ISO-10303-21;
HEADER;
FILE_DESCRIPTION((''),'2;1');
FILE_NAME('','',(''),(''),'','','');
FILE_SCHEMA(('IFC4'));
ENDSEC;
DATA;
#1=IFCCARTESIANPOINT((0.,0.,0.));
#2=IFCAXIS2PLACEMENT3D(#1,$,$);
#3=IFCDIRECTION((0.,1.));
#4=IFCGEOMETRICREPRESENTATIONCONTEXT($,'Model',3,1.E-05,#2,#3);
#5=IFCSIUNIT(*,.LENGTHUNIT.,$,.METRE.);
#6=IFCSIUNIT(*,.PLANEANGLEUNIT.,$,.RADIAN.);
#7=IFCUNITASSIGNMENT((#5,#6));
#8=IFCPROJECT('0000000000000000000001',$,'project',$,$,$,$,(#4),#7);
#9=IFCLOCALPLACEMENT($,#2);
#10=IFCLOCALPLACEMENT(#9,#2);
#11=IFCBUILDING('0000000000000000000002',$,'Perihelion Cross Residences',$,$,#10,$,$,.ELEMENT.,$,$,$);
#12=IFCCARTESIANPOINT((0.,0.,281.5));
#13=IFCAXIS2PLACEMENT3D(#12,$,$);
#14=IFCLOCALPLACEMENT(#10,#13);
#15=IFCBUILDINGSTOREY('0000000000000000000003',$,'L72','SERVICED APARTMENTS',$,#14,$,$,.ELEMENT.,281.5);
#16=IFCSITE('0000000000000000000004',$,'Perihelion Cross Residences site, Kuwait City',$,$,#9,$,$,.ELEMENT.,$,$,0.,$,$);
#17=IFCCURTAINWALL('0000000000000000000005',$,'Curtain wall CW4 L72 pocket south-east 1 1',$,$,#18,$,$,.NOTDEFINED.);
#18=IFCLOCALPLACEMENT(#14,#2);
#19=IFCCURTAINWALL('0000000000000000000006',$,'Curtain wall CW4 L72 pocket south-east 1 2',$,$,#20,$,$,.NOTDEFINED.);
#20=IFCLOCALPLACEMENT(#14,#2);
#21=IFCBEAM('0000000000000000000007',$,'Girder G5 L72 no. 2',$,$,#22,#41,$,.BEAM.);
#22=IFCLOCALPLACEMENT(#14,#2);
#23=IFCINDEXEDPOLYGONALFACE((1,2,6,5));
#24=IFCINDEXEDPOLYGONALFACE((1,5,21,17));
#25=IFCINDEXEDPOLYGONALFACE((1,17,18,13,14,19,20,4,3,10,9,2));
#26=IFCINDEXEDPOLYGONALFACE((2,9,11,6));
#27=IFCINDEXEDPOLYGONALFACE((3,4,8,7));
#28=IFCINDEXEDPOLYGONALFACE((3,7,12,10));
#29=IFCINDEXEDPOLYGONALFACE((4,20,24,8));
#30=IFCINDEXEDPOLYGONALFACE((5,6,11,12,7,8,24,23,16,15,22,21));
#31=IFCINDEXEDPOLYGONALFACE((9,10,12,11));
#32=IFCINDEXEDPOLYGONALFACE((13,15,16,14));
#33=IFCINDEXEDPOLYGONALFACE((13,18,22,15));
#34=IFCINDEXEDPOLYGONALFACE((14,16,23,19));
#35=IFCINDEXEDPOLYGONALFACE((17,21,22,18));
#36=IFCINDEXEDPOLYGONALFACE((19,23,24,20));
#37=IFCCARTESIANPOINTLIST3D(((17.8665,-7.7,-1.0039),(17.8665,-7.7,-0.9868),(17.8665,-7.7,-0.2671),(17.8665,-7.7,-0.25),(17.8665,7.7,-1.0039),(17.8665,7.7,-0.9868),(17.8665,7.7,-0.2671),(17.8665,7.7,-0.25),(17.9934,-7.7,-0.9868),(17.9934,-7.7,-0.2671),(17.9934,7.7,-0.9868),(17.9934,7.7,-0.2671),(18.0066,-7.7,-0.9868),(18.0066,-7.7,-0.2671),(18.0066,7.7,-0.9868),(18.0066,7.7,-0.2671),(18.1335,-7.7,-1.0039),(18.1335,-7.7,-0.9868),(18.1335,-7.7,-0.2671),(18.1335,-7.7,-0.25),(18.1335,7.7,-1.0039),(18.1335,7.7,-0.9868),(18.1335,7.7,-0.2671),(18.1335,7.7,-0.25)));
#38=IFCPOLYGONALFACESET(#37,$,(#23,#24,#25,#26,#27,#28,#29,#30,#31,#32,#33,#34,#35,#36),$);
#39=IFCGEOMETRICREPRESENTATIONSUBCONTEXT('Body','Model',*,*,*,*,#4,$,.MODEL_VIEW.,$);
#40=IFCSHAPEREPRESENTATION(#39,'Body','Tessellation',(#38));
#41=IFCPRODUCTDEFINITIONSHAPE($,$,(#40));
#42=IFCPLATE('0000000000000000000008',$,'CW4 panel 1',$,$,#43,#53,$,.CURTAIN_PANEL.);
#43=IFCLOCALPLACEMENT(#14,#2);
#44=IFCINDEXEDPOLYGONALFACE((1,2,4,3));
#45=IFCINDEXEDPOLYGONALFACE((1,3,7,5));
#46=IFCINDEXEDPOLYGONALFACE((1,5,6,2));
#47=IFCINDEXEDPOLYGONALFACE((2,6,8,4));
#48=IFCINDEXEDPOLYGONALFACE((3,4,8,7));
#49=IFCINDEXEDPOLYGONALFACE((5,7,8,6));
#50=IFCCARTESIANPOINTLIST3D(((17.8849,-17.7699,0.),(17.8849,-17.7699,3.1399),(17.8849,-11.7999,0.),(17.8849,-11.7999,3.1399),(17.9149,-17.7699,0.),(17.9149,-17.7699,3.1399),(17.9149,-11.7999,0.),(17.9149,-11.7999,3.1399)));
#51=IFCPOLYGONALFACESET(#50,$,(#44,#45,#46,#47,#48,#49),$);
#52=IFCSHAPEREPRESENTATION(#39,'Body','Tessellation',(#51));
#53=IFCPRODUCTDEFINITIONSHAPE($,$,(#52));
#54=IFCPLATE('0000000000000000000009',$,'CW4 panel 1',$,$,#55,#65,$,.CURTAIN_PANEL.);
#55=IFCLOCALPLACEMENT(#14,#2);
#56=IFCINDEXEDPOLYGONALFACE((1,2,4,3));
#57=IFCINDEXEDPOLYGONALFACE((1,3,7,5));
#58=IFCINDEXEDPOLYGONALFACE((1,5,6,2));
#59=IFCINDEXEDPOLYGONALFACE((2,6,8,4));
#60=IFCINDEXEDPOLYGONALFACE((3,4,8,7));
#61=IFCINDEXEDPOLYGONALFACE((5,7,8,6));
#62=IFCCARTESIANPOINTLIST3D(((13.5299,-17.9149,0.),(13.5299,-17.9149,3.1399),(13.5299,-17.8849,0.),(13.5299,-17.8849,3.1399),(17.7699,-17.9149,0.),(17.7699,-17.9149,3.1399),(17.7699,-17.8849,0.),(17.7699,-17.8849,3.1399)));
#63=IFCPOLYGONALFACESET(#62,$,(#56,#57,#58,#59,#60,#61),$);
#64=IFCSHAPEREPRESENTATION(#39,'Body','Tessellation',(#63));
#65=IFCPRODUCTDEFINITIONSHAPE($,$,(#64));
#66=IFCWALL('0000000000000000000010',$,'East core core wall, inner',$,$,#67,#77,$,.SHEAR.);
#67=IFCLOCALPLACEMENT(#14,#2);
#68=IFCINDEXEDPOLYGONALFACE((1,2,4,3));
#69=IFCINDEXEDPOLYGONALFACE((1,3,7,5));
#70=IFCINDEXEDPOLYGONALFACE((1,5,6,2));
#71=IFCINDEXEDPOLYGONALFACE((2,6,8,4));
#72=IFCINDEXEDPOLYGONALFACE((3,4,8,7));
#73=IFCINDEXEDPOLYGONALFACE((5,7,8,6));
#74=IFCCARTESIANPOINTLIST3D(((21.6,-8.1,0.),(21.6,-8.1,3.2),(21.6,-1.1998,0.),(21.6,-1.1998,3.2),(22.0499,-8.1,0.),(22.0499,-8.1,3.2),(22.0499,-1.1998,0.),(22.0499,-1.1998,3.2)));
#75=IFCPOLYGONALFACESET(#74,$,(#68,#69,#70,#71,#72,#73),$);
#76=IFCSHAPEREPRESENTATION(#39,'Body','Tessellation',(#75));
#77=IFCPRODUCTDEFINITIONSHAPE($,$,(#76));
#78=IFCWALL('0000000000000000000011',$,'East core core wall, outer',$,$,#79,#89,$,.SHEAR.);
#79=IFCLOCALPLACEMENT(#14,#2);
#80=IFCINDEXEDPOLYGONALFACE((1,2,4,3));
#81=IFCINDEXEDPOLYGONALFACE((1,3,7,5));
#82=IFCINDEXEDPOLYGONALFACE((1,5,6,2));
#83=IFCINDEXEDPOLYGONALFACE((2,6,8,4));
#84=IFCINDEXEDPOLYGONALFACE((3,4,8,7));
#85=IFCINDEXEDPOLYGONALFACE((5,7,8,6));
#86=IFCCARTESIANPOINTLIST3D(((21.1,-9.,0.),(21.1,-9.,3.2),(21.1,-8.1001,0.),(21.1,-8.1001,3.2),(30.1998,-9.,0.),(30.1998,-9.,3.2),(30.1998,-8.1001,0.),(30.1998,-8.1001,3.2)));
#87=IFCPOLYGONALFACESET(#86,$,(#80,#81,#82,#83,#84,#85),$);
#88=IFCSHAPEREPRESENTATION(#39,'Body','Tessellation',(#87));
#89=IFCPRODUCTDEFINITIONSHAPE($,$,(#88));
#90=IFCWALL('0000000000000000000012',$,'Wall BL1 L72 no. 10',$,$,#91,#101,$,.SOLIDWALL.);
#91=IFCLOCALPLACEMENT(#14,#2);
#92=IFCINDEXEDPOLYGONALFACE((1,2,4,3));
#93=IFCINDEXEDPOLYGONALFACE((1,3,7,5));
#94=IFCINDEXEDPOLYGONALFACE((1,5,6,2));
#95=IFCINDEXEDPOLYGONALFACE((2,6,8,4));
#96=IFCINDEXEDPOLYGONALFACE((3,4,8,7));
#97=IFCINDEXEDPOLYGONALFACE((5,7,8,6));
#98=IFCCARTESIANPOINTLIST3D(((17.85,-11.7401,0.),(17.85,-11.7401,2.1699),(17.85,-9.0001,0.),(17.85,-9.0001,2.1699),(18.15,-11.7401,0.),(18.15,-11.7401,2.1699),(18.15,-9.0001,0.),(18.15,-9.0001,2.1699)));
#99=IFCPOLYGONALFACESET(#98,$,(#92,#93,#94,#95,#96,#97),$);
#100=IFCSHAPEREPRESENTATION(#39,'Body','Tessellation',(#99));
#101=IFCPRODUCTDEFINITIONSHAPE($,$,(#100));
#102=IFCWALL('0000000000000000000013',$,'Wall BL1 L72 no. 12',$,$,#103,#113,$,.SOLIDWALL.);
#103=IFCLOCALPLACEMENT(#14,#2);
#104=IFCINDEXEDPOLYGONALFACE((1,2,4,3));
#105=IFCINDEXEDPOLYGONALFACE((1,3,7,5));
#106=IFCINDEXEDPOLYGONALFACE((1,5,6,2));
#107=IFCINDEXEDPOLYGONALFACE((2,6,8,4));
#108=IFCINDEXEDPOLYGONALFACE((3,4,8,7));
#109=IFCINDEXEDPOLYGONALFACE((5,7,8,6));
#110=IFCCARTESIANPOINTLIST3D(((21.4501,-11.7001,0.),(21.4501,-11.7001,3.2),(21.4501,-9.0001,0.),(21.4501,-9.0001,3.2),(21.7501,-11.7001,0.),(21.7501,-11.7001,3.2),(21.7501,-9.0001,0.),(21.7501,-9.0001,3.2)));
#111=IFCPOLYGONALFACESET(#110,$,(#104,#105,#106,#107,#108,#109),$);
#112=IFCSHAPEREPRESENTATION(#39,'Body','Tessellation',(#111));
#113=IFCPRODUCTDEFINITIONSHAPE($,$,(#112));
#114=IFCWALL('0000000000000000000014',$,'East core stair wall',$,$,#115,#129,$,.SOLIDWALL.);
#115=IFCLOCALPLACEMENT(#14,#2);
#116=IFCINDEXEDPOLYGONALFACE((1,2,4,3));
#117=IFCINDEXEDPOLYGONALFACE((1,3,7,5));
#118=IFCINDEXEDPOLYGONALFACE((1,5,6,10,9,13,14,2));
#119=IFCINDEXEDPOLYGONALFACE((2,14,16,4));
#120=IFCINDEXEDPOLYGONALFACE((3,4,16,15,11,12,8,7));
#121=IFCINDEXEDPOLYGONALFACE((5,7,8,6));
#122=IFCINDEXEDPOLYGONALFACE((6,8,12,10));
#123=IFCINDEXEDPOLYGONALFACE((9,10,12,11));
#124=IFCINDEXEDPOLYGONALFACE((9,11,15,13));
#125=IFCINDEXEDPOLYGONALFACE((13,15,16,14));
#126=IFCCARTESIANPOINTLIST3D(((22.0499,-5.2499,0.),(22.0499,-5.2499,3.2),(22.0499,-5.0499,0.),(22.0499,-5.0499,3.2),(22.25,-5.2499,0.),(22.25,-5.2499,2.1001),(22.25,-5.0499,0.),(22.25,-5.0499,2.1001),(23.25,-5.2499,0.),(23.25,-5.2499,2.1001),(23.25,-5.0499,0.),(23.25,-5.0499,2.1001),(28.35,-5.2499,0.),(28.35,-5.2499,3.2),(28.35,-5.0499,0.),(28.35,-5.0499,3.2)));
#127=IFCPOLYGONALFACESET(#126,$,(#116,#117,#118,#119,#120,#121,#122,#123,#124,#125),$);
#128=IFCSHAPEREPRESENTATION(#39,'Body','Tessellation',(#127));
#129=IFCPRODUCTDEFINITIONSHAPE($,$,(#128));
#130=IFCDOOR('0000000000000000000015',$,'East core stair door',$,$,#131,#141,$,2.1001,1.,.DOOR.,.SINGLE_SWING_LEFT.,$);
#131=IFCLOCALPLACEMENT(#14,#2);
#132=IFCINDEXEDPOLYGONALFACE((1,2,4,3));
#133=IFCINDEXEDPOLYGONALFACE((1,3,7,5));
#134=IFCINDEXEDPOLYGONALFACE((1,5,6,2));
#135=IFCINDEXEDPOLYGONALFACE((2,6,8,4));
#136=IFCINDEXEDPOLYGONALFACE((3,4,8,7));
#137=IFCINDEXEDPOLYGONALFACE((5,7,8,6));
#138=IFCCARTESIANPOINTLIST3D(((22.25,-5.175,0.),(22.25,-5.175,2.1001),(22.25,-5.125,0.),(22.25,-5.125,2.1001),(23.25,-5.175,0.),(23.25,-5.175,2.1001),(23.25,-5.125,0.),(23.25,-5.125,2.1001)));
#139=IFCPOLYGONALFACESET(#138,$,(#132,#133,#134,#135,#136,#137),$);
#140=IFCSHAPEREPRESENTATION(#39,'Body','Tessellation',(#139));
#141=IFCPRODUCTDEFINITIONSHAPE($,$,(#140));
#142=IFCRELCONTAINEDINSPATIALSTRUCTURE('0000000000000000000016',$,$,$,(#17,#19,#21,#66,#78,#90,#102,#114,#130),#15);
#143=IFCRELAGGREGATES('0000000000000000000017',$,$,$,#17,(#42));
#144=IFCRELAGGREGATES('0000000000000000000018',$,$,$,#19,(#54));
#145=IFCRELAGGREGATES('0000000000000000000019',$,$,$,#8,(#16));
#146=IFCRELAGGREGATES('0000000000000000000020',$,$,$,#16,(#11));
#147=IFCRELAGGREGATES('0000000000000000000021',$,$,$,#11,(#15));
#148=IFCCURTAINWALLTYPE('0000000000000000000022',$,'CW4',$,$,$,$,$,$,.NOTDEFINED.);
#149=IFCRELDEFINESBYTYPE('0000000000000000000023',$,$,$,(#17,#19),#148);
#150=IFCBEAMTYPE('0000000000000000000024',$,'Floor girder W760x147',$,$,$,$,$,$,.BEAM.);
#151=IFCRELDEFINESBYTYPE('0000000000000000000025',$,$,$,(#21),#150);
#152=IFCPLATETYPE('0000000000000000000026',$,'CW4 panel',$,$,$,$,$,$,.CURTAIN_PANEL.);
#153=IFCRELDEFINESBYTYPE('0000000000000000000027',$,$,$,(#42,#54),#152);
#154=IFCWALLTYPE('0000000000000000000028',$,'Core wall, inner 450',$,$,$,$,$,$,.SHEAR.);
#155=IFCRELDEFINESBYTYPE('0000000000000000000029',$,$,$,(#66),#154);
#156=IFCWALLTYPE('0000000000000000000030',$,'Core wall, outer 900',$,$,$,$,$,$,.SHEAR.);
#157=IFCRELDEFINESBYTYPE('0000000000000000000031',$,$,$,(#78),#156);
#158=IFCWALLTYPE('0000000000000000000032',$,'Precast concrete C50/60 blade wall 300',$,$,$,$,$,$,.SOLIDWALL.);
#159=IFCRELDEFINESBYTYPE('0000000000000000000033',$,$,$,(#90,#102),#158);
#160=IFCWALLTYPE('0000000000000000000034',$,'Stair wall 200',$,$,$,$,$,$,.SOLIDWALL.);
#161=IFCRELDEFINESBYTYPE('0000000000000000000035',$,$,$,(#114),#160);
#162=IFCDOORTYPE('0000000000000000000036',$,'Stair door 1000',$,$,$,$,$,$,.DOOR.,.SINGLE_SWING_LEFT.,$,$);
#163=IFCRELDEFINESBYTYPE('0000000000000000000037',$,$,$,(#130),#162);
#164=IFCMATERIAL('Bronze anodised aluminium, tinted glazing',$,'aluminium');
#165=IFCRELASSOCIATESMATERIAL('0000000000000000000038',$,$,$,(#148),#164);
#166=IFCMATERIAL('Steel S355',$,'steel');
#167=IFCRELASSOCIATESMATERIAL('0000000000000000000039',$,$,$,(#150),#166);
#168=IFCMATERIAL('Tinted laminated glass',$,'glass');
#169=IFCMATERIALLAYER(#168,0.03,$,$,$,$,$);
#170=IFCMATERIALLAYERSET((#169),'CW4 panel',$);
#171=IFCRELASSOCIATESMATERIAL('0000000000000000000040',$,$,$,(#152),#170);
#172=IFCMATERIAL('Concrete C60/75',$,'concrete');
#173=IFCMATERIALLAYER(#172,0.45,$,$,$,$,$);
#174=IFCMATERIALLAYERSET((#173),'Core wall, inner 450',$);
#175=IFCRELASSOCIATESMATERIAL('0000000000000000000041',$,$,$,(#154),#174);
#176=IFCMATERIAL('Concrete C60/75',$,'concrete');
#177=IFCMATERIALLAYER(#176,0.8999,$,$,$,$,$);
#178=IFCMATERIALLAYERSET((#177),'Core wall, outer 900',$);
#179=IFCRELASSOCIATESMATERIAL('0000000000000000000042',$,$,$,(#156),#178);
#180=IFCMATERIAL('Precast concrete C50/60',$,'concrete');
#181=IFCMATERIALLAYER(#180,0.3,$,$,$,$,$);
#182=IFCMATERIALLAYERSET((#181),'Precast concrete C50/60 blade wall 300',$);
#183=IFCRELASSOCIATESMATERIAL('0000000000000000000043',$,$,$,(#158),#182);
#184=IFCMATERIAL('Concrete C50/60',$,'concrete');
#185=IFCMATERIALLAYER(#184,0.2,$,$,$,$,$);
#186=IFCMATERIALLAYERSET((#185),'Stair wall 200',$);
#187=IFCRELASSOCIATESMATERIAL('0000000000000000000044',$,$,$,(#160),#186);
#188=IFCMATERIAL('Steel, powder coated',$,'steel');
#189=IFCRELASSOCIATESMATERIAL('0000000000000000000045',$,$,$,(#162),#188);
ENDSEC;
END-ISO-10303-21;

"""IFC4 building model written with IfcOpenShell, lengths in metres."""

from ifc_helpers import new_model, si_unit, direction, frame, frame_2d, origin, origin_2d, place, context, subcontext, project, spatial, rectangle, i_section, extrude, material, layer, layer_set, material_profile, profile_set, type_object, element, fill, aggregate, save


model = new_model("IFC4")

# Units and contexts
model_context = context("Model", 3, precision=1e-05, world=origin(), true_north=direction((0.0, 1.0)))
body_context = subcontext(model_context, "Body", "Model", "MODEL_VIEW")
ifc_project = project(units=[si_unit("LENGTHUNIT", "METRE"), si_unit("PLANEANGLEUNIT", "RADIAN")], contexts=[model_context])

# Site, building, storey
site_placement = place(None, origin())
site = spatial("IfcSite", under=ifc_project, at=site_placement, Name="Perihelion Cross Residences site, Kuwait City", CompositionType="ELEMENT", RefElevation=0.0)
building_placement = place(site_placement, origin())
building = spatial("IfcBuilding", under=site, at=building_placement, Name="Perihelion Cross Residences", CompositionType="ELEMENT")
storey_placement = place(building_placement, frame((0.0, 0.0, 281.5)))
storey = spatial("IfcBuildingStorey", under=building, at=storey_placement, Name="L72", Description="SERVICED APARTMENTS", CompositionType="ELEMENT", Elevation=281.5)

# Curtain wall
ifc_material_1 = material(Name="Bronze anodised aluminium, tinted glazing", Category="aluminium")
curtain_wall_type = type_object("IfcCurtainWallType", Name="CW4", PredefinedType="NOTDEFINED", material=ifc_material_1)
curtain_wall_1_placement = place(storey_placement, origin())
curtain_wall_1 = element("IfcCurtainWall", 1, at=curtain_wall_1_placement, inside=storey, type_object=curtain_wall_type, Name="Curtain wall CW4 L72 pocket south-east 1 1", PredefinedType="NOTDEFINED")

# Curtain wall
curtain_wall_2_placement = place(storey_placement, origin())
curtain_wall_2 = element("IfcCurtainWall", 2, at=curtain_wall_2_placement, inside=storey, type_object=curtain_wall_type, Name="Curtain wall CW4 L72 pocket south-east 1 2", PredefinedType="NOTDEFINED")

# Beam
ifc_material_2 = material(Name="Steel S355", Category="steel")
ifc_material_profile_1 = material_profile(ifc_material_2, i_section(OverallWidth=0.2671, OverallDepth=0.7539, WebThickness=0.0132, FlangeThickness=0.0171, at=origin_2d()), Name="W760x147")
ifc_profile_set_1 = profile_set([ifc_material_profile_1], Name="Steel S355")
beam_type_1 = type_object("IfcBeamType", Name="Floor girder W760x147", PredefinedType="BEAM", material=ifc_profile_set_1)
beam_1_placement = place(storey_placement, frame((18.0, -7.7, -0.627), z_axis=(0.0, 1.0, 0.0), x_axis=(-1.0, 0.0, 0.0)))
element("IfcBeam", 3, at=beam_1_placement, inside=storey, type_object=beam_type_1, Name="Girder G5 L72 no. 2", PredefinedType="BEAM", context=body_context, shape_type="SweptSolid", body=[
    extrude(i_section(OverallWidth=0.2671, OverallDepth=0.7539, WebThickness=0.0132, FlangeThickness=0.0171, at=origin_2d()), origin(), (0.0, 0.0, 1.0), 15.3999),
])

# Plates
ifc_material_3 = material(Name="Tinted laminated glass", Category="glass")
ifc_layer_1 = layer(ifc_material_3, 0.03)
ifc_layer_set_1 = layer_set([ifc_layer_1], Name="CW4 panel")
plate_type = type_object("IfcPlateType", Name="CW4 panel", PredefinedType="CURTAIN_PANEL", material=ifc_layer_set_1)
plate_1_placement = place(storey_placement, frame((17.8999, -14.7849, 0.0), z_axis=(0.0, 0.0, 1.0), x_axis=(0.0, -1.0, 0.0)))
plate_1 = element("IfcPlate", 4, at=plate_1_placement, type_object=plate_type, Name="CW4 panel 1", PredefinedType="CURTAIN_PANEL", context=body_context, shape_type="SweptSolid", body=[
    extrude(rectangle(XDim=5.97, YDim=0.03, at=origin_2d()), origin(), (0.0, 0.0, 1.0), 3.1399),
])
aggregate(curtain_wall_1, [plate_1])
plate_2_placement = place(storey_placement, frame((15.6499, -17.8999, 0.0), z_axis=(0.0, 0.0, 1.0), x_axis=(-1.0, 0.0, 0.0)))
plate_2 = element("IfcPlate", 5, at=plate_2_placement, type_object=plate_type, Name="CW4 panel 1", PredefinedType="CURTAIN_PANEL", context=body_context, shape_type="SweptSolid", body=[
    extrude(rectangle(XDim=4.24, YDim=0.03, at=origin_2d()), origin(), (0.0, 0.0, 1.0), 3.1399),
])
aggregate(curtain_wall_2, [plate_2])

# Walls
ifc_material_4 = material(Name="Concrete C60/75", Category="concrete")
ifc_layer_2 = layer(ifc_material_4, 0.45)
ifc_layer_set_2 = layer_set([ifc_layer_2], Name="Core wall, inner 450")
wall_type_1 = type_object("IfcWallType", Name="Core wall, inner 450", PredefinedType="SHEAR", material=ifc_layer_set_2)
wall_1_placement = place(storey_placement, frame((21.825, -8.1001, 0.0), z_axis=(0.0, 0.0, 1.0), x_axis=(0.0, 1.0, 0.0)))
element("IfcWall", 6, at=wall_1_placement, inside=storey, type_object=wall_type_1, Name="East core core wall, inner", PredefinedType="SHEAR", context=body_context, shape_type="SweptSolid", body=[
    extrude(rectangle(XDim=6.9001, YDim=0.45, at=frame_2d((3.4502, 0.0))), origin(), (0.0, 0.0, 1.0), 3.2),
])
ifc_material_5 = material(Name="Concrete C60/75", Category="concrete")
ifc_layer_3 = layer(ifc_material_5, 0.8999)
ifc_layer_set_3 = layer_set([ifc_layer_3], Name="Core wall, outer 900")
wall_type_2 = type_object("IfcWallType", Name="Core wall, outer 900", PredefinedType="SHEAR", material=ifc_layer_set_3)
wall_2_placement = place(storey_placement, frame((21.1001, -8.55, 0.0), z_axis=(0.0, 0.0, 1.0), x_axis=(1.0, 0.0, 0.0)))
element("IfcWall", 7, at=wall_2_placement, inside=storey, type_object=wall_type_2, Name="East core core wall, outer", PredefinedType="SHEAR", context=body_context, shape_type="SweptSolid", body=[
    extrude(rectangle(XDim=9.0999, YDim=0.8999, at=frame_2d((4.5498, 0.0))), origin(), (0.0, 0.0, 1.0), 3.2),
])
ifc_material_6 = material(Name="Precast concrete C50/60", Category="concrete")
ifc_layer_4 = layer(ifc_material_6, 0.3)
ifc_layer_set_4 = layer_set([ifc_layer_4], Name="Precast concrete C50/60 blade wall 300")
wall_type_3 = type_object("IfcWallType", Name="Precast concrete C50/60 blade wall 300", PredefinedType="SOLIDWALL", material=ifc_layer_set_4)
wall_3_placement = place(storey_placement, frame((18.0, -9.0, 0.0), z_axis=(0.0, 0.0, 1.0), x_axis=(0.0, -1.0, 0.0)))
element("IfcWall", 8, at=wall_3_placement, inside=storey, type_object=wall_type_3, Name="Wall BL1 L72 no. 10", PredefinedType="SOLIDWALL", context=body_context, shape_type="SweptSolid", body=[
    extrude(rectangle(XDim=2.74, YDim=0.3, at=frame_2d((1.3701, 0.0))), origin(), (0.0, 0.0, 1.0), 2.1699),
])
wall_4_placement = place(storey_placement, frame((21.6001, -9.0, 0.0), z_axis=(0.0, 0.0, 1.0), x_axis=(0.0, -1.0, 0.0)))
element("IfcWall", 9, at=wall_4_placement, inside=storey, type_object=wall_type_3, Name="Wall BL1 L72 no. 12", PredefinedType="SOLIDWALL", context=body_context, shape_type="SweptSolid", body=[
    extrude(rectangle(XDim=2.7, YDim=0.3, at=frame_2d((1.3501, 0.0))), origin(), (0.0, 0.0, 1.0), 3.2),
])

# Wall, opening, door
ifc_material_7 = material(Name="Concrete C50/60", Category="concrete")
ifc_layer_5 = layer(ifc_material_7, 0.2)
ifc_layer_set_5 = layer_set([ifc_layer_5], Name="Stair wall 200")
wall_type_4 = type_object("IfcWallType", Name="Stair wall 200", PredefinedType="SOLIDWALL", material=ifc_layer_set_5)
wall_5_placement = place(storey_placement, frame((22.05, -5.1499, 0.0), z_axis=(0.0, 0.0, 1.0), x_axis=(1.0, 0.0, 0.0)))
wall_5 = element("IfcWall", 10, at=wall_5_placement, inside=storey, type_object=wall_type_4, Name="East core stair wall", PredefinedType="SOLIDWALL", context=body_context, shape_type="SweptSolid", body=[
    extrude(rectangle(XDim=6.3, YDim=0.2, at=frame_2d((3.1499, 0.0))), origin(), (0.0, 0.0, 1.0), 3.2),
])
opening_1_placement = place(wall_5_placement, frame((0.2, 0.0, 0.0)))
opening_1 = element("IfcOpeningElement", 11, at=opening_1_placement, cuts=wall_5, PredefinedType="OPENING", context=body_context, shape_type="SweptSolid", body=[
    extrude(rectangle(XDim=1.0, YDim=2.1001, at=frame_2d((0.5, 1.05))), frame((0.0, 0.1099, 0.0), z_axis=(0.0, -1.0, 0.0), x_axis=(1.0, 0.0, 0.0)), (0.0, 0.0, 1.0), 0.22),
])
ifc_material_8 = material(Name="Steel, powder coated", Category="steel")
door_type_1 = type_object("IfcDoorType", Name="Stair door 1000", OperationType="SINGLE_SWING_LEFT", PredefinedType="DOOR", material=ifc_material_8)
door_1_placement = place(opening_1_placement, origin())
door_1 = element("IfcDoor", 12, at=door_1_placement, inside=storey, type_object=door_type_1, Name="East core stair door", OperationType="SINGLE_SWING_LEFT", OverallHeight=2.1001, OverallWidth=1.0, PredefinedType="DOOR", context=body_context, shape_type="SweptSolid", body=[
    extrude(rectangle(XDim=1.0, YDim=2.1001, at=frame_2d((0.5, 1.05))), frame((0.0, 0.0249, 0.0), z_axis=(0.0, -1.0, 0.0), x_axis=(1.0, 0.0, 0.0)), (0.0, 0.0, 1.0), 0.05),
])
fill(opening_1, door_1)

save(model, "model.ifc")
